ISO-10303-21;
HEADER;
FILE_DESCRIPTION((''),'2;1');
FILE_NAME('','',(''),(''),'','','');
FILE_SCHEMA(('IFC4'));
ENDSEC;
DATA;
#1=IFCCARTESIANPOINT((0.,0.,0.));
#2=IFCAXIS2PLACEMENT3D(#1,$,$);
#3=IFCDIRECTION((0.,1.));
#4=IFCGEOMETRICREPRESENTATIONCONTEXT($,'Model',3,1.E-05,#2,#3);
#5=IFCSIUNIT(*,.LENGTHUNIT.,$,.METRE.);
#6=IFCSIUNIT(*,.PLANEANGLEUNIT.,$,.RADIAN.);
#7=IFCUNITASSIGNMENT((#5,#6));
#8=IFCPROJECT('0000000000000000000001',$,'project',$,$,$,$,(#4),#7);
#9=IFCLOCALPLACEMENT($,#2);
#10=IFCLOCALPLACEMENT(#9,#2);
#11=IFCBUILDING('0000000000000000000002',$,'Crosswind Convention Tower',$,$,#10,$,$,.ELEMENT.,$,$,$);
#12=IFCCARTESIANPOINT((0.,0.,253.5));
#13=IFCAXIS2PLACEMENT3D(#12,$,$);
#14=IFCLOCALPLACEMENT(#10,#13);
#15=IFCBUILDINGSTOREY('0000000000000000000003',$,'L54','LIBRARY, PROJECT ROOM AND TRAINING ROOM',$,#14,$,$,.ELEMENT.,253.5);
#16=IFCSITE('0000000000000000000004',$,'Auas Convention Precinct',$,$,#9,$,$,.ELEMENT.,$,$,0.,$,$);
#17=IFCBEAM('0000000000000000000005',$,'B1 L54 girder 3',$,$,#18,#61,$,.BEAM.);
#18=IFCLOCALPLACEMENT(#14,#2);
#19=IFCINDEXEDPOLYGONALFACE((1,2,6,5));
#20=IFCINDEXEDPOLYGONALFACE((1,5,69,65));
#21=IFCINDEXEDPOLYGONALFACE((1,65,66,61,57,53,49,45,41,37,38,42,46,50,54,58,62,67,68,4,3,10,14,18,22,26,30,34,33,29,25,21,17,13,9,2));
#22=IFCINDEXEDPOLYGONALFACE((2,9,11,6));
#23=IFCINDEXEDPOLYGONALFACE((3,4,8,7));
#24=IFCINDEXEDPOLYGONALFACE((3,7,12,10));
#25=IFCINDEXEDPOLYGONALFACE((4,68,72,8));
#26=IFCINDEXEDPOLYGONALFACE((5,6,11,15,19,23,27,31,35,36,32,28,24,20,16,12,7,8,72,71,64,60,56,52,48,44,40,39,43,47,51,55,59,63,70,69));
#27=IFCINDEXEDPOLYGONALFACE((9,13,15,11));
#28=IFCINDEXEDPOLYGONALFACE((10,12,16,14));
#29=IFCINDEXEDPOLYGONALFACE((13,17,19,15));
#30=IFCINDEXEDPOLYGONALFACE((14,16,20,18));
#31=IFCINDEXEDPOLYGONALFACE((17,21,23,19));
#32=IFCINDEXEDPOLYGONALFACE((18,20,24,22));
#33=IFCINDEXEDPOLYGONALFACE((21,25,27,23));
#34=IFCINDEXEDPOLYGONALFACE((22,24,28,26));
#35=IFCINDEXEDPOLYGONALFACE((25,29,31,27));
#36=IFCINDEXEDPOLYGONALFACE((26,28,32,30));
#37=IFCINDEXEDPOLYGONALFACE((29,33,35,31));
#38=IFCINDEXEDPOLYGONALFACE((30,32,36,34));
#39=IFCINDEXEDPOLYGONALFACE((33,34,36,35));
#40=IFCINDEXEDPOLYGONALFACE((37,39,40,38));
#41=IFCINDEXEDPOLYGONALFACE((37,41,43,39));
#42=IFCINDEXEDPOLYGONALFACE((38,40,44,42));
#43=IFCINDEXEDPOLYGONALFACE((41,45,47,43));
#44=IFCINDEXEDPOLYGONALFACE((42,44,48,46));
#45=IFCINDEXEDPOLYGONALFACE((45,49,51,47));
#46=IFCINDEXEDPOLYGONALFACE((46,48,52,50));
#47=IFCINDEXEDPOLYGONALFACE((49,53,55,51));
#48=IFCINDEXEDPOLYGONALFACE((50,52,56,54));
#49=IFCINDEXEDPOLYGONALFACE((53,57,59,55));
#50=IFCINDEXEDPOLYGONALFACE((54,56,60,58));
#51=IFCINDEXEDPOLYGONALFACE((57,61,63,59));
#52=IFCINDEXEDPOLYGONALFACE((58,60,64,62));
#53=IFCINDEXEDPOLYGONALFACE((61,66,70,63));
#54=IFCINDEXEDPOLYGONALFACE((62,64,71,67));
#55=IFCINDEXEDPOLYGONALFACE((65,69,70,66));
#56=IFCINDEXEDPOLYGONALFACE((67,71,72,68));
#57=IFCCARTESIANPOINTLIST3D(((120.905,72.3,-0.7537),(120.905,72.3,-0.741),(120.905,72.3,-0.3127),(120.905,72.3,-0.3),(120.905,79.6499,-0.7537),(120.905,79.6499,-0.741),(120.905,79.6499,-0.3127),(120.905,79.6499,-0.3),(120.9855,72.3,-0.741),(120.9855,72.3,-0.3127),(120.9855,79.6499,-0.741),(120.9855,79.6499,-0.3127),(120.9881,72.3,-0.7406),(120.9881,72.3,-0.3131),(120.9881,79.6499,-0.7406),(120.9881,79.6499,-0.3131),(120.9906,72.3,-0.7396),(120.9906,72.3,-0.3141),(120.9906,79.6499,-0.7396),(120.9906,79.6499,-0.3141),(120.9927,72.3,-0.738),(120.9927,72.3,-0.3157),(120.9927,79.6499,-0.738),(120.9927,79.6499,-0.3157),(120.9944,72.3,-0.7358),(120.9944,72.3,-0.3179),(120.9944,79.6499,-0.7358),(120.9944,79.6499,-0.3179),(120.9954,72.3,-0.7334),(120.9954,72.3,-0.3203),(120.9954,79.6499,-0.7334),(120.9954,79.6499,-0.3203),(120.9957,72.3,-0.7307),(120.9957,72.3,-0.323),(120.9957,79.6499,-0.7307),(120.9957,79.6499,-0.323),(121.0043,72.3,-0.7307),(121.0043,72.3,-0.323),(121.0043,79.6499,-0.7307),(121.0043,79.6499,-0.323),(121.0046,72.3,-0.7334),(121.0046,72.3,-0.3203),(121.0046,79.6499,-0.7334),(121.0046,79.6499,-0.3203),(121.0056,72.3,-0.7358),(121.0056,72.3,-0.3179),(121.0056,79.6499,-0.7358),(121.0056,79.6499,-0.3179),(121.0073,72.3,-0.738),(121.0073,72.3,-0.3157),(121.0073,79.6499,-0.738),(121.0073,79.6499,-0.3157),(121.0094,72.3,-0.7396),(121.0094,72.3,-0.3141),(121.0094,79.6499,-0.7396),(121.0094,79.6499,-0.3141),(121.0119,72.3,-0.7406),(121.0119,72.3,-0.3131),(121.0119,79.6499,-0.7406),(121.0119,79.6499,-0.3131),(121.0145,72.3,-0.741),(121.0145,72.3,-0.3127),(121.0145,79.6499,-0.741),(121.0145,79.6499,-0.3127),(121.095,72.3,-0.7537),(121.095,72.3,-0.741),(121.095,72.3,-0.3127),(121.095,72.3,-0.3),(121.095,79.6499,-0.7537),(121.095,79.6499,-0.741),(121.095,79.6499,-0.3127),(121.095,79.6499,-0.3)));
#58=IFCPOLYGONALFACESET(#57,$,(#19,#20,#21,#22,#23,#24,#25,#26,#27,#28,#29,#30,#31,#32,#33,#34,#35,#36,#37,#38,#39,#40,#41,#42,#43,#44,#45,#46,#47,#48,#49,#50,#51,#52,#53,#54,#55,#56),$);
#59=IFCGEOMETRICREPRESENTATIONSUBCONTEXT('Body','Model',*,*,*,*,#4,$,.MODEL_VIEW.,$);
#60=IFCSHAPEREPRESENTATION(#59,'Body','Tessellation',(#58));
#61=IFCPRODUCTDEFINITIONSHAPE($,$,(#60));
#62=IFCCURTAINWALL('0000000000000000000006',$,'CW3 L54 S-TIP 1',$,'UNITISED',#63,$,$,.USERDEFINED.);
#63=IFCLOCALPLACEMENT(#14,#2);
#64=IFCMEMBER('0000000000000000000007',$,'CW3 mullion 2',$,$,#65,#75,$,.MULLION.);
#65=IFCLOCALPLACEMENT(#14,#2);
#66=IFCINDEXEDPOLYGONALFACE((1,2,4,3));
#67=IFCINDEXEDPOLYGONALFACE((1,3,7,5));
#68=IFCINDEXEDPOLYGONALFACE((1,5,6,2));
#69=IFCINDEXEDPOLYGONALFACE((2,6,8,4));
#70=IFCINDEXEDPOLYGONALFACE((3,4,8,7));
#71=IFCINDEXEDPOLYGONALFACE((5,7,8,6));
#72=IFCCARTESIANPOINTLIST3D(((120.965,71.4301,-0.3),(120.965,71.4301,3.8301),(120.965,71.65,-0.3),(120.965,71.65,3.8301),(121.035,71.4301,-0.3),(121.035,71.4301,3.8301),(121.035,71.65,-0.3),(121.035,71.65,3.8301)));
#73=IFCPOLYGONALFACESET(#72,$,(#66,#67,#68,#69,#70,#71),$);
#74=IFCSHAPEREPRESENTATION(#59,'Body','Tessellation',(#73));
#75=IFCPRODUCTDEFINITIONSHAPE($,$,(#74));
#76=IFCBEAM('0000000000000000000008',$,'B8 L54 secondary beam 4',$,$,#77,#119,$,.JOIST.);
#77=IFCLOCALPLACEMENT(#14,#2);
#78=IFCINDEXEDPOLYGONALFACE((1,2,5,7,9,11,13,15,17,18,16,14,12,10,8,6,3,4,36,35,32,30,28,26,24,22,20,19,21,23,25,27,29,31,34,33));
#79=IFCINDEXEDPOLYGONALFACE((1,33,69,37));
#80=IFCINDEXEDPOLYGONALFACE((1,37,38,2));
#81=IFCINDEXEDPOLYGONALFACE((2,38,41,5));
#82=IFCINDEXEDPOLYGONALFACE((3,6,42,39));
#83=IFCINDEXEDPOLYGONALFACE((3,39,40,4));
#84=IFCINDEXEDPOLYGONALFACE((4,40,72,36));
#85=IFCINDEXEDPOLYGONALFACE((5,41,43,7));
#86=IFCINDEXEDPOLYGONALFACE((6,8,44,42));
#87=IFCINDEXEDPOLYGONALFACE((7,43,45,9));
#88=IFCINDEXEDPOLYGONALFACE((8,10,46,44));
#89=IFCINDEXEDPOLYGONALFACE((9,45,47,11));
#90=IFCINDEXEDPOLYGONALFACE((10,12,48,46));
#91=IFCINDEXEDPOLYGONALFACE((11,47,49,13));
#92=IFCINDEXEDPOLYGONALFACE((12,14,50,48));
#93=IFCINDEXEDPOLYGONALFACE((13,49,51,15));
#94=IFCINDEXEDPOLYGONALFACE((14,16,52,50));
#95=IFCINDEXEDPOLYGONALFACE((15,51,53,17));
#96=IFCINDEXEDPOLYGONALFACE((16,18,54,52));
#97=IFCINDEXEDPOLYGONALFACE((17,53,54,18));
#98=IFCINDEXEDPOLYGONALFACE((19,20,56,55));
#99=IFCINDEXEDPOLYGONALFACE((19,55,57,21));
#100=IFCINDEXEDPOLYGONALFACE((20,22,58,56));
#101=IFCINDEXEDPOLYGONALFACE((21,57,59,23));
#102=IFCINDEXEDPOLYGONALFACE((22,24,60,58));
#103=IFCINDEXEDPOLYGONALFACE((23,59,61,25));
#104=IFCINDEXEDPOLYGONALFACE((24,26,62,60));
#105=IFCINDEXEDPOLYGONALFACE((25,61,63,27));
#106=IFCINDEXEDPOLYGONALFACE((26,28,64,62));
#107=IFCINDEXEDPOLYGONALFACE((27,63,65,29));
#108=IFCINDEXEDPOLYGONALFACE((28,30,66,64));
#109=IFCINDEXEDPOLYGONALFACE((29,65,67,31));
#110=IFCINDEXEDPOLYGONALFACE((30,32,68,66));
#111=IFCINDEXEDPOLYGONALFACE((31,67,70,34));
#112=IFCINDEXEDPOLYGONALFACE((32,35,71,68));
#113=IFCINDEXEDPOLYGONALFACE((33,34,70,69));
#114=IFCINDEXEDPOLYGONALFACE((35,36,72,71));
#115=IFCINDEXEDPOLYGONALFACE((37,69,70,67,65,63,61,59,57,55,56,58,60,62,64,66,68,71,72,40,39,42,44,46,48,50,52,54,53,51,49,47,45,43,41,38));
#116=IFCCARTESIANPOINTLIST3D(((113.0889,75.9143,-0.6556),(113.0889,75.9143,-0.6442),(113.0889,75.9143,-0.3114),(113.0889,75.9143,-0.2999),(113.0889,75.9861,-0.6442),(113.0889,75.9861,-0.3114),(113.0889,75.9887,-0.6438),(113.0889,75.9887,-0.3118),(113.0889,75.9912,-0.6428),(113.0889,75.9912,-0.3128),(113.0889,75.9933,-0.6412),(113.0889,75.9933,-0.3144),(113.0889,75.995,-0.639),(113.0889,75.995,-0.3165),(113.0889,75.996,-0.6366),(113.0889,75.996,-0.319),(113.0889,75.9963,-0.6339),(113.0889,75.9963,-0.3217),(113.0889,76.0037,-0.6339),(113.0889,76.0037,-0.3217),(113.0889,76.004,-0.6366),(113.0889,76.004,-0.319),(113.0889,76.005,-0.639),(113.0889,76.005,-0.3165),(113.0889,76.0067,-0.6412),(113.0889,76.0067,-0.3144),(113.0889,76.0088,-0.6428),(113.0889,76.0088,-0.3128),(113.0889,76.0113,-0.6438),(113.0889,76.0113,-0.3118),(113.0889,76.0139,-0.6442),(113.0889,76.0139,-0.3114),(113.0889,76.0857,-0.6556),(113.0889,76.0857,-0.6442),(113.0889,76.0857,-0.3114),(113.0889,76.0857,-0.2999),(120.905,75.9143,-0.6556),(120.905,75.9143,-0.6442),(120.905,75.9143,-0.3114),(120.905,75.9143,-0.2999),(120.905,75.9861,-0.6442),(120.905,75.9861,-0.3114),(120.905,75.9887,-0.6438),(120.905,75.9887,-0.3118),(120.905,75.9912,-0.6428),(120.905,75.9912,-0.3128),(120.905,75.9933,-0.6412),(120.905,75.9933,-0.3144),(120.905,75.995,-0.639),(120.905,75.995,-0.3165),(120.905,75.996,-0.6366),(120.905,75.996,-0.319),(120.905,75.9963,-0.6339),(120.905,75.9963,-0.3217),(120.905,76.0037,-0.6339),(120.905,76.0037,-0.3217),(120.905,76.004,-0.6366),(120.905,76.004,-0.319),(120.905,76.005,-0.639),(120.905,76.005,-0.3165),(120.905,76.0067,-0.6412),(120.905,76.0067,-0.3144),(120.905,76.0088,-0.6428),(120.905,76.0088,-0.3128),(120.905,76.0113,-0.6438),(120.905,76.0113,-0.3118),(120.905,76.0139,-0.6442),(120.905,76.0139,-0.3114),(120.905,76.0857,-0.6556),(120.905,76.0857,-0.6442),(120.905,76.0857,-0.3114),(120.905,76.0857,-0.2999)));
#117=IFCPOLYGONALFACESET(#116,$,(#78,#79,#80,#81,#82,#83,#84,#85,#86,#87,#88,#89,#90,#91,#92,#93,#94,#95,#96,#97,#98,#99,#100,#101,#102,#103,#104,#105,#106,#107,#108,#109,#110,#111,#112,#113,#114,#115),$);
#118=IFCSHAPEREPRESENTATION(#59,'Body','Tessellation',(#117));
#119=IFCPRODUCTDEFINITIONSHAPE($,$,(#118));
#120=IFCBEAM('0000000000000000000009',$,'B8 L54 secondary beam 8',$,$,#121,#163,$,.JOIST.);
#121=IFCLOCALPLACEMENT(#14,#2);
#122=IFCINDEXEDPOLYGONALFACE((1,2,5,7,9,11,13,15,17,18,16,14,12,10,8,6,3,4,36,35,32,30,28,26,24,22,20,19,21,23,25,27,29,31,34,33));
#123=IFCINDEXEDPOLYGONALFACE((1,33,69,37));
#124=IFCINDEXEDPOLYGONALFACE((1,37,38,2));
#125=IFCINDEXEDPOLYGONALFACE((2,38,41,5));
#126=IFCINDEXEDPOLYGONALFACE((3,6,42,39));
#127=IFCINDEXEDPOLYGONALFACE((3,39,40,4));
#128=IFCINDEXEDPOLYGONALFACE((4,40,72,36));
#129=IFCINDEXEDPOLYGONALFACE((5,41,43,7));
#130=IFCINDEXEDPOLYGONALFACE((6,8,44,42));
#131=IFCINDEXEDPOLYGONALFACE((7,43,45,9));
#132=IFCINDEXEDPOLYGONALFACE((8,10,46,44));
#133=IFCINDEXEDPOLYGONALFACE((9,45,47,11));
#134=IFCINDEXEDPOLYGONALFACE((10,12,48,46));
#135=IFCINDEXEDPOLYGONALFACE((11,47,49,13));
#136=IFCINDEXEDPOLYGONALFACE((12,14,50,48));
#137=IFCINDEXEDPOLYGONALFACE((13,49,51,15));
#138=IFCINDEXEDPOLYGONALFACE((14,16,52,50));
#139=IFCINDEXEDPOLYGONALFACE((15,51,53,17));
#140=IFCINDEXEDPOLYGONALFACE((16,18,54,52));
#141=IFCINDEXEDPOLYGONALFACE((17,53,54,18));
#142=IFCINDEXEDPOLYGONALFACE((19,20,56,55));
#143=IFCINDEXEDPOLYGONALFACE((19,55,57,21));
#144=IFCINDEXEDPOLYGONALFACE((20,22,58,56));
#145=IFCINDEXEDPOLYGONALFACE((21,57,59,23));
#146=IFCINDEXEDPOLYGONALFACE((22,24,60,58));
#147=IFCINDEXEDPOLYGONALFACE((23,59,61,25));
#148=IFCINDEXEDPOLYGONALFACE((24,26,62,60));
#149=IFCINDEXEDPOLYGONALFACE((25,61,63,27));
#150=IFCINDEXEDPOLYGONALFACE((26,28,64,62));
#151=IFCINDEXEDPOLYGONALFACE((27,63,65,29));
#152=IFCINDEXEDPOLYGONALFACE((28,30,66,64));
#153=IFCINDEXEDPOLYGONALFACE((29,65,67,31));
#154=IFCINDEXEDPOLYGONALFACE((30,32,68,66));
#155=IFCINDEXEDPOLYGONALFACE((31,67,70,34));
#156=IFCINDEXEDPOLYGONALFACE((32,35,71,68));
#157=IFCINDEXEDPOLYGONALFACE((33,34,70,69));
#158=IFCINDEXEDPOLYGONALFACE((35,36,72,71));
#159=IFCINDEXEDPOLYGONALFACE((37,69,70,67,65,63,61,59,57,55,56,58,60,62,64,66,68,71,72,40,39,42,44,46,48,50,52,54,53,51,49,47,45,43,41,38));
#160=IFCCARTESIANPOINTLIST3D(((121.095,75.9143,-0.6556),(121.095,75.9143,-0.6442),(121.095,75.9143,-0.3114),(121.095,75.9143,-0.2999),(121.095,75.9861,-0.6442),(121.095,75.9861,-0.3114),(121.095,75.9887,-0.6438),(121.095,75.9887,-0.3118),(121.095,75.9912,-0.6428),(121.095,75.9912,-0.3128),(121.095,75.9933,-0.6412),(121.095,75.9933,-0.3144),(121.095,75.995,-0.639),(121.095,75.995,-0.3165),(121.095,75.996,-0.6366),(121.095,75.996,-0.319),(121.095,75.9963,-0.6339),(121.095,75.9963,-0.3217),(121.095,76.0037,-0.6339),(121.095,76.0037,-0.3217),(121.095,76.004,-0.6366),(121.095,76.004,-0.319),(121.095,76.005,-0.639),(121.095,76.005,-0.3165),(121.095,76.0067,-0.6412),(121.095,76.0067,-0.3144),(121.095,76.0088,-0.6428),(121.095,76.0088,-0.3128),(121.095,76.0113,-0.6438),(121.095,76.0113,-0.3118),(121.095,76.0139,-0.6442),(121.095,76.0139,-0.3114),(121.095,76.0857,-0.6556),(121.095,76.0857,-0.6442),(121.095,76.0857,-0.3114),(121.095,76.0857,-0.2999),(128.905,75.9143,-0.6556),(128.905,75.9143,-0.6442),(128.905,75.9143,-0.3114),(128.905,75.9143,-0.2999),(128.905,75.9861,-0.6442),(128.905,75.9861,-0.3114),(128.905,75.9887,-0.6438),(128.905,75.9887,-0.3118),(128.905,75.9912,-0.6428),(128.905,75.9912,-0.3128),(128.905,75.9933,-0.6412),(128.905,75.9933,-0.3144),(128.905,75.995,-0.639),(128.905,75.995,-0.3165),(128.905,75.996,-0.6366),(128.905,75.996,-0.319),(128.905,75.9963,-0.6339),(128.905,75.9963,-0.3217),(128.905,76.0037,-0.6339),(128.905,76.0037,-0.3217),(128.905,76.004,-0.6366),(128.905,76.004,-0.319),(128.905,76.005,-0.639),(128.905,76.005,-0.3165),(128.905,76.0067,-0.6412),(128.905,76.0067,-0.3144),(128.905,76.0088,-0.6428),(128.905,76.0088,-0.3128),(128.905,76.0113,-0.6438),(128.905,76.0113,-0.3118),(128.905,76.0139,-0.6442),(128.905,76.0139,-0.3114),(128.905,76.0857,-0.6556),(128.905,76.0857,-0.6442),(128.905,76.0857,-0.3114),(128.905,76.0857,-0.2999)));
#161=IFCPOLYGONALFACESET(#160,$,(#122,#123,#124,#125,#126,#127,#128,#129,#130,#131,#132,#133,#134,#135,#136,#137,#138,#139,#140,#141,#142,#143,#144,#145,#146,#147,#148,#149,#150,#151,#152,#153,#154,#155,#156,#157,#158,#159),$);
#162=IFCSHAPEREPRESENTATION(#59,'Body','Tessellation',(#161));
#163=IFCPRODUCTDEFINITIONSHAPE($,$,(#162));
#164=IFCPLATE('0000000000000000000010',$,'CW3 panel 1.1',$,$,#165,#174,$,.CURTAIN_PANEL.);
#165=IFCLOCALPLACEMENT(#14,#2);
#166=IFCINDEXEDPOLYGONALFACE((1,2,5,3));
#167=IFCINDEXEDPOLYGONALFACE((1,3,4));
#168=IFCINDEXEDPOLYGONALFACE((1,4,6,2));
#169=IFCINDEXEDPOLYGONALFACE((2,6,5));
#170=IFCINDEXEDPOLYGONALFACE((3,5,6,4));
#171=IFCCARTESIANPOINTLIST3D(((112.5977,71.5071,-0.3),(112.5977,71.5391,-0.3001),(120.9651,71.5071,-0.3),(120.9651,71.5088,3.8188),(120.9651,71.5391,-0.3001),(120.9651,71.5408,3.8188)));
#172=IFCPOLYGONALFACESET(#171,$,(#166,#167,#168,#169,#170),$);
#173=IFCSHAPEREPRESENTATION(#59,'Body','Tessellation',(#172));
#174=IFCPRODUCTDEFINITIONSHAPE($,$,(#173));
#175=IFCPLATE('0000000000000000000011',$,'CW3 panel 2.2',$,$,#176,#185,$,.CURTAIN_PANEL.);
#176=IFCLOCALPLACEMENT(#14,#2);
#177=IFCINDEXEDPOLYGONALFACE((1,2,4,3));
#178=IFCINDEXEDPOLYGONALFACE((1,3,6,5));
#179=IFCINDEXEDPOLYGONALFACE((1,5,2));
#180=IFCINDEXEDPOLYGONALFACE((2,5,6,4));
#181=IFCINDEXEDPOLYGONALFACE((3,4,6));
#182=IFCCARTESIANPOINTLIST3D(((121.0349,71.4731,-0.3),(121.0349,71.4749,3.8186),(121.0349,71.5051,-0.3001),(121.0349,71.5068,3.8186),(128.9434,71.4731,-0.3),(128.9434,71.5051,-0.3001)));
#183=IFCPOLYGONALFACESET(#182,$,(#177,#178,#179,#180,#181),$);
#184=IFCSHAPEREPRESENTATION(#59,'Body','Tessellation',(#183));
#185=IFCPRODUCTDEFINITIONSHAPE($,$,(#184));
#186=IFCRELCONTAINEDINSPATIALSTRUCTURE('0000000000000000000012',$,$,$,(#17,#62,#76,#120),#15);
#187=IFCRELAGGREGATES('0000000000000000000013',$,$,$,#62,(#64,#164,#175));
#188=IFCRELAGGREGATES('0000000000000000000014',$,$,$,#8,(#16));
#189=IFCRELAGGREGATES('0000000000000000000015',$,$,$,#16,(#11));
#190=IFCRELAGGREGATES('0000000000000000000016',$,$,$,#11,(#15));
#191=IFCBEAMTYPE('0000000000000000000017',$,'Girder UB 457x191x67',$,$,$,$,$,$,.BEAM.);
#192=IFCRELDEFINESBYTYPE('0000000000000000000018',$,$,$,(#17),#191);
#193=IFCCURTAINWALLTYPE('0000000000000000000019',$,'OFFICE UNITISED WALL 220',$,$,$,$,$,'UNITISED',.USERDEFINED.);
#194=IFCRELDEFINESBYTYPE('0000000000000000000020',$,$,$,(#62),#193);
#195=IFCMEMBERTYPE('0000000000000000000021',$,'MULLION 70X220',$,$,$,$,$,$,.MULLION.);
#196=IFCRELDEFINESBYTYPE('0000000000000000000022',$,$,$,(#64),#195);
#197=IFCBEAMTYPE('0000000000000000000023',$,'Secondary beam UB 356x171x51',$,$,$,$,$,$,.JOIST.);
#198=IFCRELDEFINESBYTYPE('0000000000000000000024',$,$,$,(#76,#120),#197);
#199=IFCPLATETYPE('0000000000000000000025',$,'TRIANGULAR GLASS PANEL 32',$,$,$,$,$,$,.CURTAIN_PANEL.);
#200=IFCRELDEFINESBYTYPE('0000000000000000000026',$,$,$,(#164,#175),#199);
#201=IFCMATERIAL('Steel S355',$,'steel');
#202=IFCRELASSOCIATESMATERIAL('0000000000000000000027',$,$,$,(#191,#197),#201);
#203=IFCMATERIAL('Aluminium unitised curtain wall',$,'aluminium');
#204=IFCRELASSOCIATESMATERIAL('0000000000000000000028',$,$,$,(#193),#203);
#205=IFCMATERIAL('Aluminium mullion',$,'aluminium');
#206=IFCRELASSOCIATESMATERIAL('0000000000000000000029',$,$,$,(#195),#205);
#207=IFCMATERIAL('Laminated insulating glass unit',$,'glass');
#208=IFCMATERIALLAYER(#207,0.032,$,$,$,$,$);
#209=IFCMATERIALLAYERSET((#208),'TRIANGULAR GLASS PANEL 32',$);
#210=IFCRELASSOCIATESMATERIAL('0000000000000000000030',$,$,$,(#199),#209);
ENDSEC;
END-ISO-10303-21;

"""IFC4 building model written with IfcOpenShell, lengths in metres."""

from ifc_helpers import new_model, si_unit, direction, frame, origin, origin_2d, place, context, subcontext, project, spatial, polyline, rectangle, i_section, outline, extrude, material, layer, layer_set, material_profile, profile_set, type_object, element, aggregate, save


model = new_model("IFC4")

# Units and contexts
model_context = context("Model", 3, precision=1e-05, world=origin(), true_north=direction((0.0, 1.0)))
body_context = subcontext(model_context, "Body", "Model", "MODEL_VIEW")
ifc_project = project(units=[si_unit("LENGTHUNIT", "METRE"), si_unit("PLANEANGLEUNIT", "RADIAN")], contexts=[model_context])

# Site, building, storey
site_placement = place(None, origin())
site = spatial("IfcSite", under=ifc_project, at=site_placement, Name="Auas Convention Precinct", CompositionType="ELEMENT", RefElevation=0.0)
building_placement = place(site_placement, origin())
building = spatial("IfcBuilding", under=site, at=building_placement, Name="Crosswind Convention Tower", CompositionType="ELEMENT")
storey_placement = place(building_placement, frame((0.0, 0.0, 253.5)))
storey = spatial("IfcBuildingStorey", under=building, at=storey_placement, Name="L54", Description="LIBRARY, PROJECT ROOM AND TRAINING ROOM", CompositionType="ELEMENT", Elevation=253.5)

# Beam
ifc_material_1 = material(Name="Steel S355", Category="steel")
ifc_material_profile_1 = material_profile(ifc_material_1, i_section(OverallWidth=0.1899, OverallDepth=0.4536, WebThickness=0.0085, FlangeThickness=0.0127, FilletRadius=0.0103, at=origin_2d()), Name="UB 457x191x67")
ifc_profile_set_1 = profile_set([ifc_material_profile_1], Name="Steel S355")
beam_type_1 = type_object("IfcBeamType", Name="Girder UB 457x191x67", PredefinedType="BEAM", material=ifc_profile_set_1)
for number, where, z_axis, x_axis, name in (
    (1, (121.0, 72.3, -0.5269), (0.0, 1.0, 0.0), (-1.0, 0.0, 0.0), "B1 L54 girder 3"),
):
    element("IfcBeam", number, at=place(storey_placement, frame(where, z_axis=z_axis, x_axis=x_axis)), inside=storey, type_object=beam_type_1, Name=name, PredefinedType="BEAM", context=body_context, shape_type="SweptSolid", body=[
        extrude(i_section(OverallWidth=0.1899, OverallDepth=0.4536, WebThickness=0.0085, FlangeThickness=0.0127, FilletRadius=0.0103, at=origin_2d()), origin(), (0.0, 0.0, 1.0), 7.3499),
    ])

# Curtain wall, member
ifc_material_2 = material(Name="Aluminium unitised curtain wall", Category="aluminium")
curtain_wall_type = type_object("IfcCurtainWallType", Name="OFFICE UNITISED WALL 220", ElementType="UNITISED", PredefinedType="USERDEFINED", material=ifc_material_2)
curtain_wall_placement = place(storey_placement, origin())
curtain_wall = element("IfcCurtainWall", 2, at=curtain_wall_placement, inside=storey, type_object=curtain_wall_type, Name="CW3 L54 S-TIP 1", ObjectType="UNITISED", PredefinedType="USERDEFINED")
ifc_material_3 = material(Name="Aluminium mullion", Category="aluminium")
ifc_material_profile_2 = material_profile(ifc_material_3, rectangle(XDim=0.22, YDim=0.0701, at=origin_2d()), Name="AL 220X70")
ifc_profile_set_2 = profile_set([ifc_material_profile_2], Name="Aluminium mullion")
member_type = type_object("IfcMemberType", Name="MULLION 70X220", PredefinedType="MULLION", material=ifc_profile_set_2)
member_placement = place(storey_placement, frame((121.0, 71.54, -0.3), z_axis=(0.0, 0.0, 1.0), x_axis=(0.0, -1.0, 0.0)))
member = element("IfcMember", 3, at=member_placement, type_object=member_type, Name="CW3 mullion 2", PredefinedType="MULLION", context=body_context, shape_type="SweptSolid", body=[
    extrude(rectangle(XDim=0.22, YDim=0.0701, at=origin_2d()), origin(), (0.0, 0.0, 1.0), 4.1301),
])

# Beams
ifc_material_profile_3 = material_profile(ifc_material_1, i_section(OverallWidth=0.1714, OverallDepth=0.3557, WebThickness=0.0073, FlangeThickness=0.0115, FilletRadius=0.0103, at=origin_2d()), Name="UB 356x171x51")
ifc_profile_set_3 = profile_set([ifc_material_profile_3], Name="Steel S355")
beam_type_2 = type_object("IfcBeamType", Name="Secondary beam UB 356x171x51", PredefinedType="JOIST", material=ifc_profile_set_3)
beam_1_placement = place(storey_placement, frame((113.0889, 76.0, -0.4778), z_axis=(1.0, 0.0, 0.0), x_axis=(0.0, 1.0, 0.0)))
element("IfcBeam", 4, at=beam_1_placement, inside=storey, type_object=beam_type_2, Name="B8 L54 secondary beam 4", PredefinedType="JOIST", context=body_context, shape_type="SweptSolid", body=[
    extrude(i_section(OverallWidth=0.1714, OverallDepth=0.3557, WebThickness=0.0073, FlangeThickness=0.0115, FilletRadius=0.0103, at=origin_2d()), origin(), (0.0, 0.0, 1.0), 7.8162),
])
beam_2_placement = place(storey_placement, frame((121.095, 76.0, -0.4778), z_axis=(1.0, 0.0, 0.0), x_axis=(0.0, 1.0, 0.0)))
element("IfcBeam", 5, at=beam_2_placement, inside=storey, type_object=beam_type_2, Name="B8 L54 secondary beam 8", PredefinedType="JOIST", context=body_context, shape_type="SweptSolid", body=[
    extrude(i_section(OverallWidth=0.1714, OverallDepth=0.3557, WebThickness=0.0073, FlangeThickness=0.0115, FilletRadius=0.0103, at=origin_2d()), origin(), (0.0, 0.0, 1.0), 7.8101),
])

# Plates
ifc_material_4 = material(Name="Laminated insulating glass unit", Category="glass")
ifc_layer_1 = layer(ifc_material_4, 0.032)
ifc_layer_set_1 = layer_set([ifc_layer_1], Name="TRIANGULAR GLASS PANEL 32")
plate_type = type_object("IfcPlateType", Name="TRIANGULAR GLASS PANEL 32", PredefinedType="CURTAIN_PANEL", material=ifc_layer_set_1)
plate_1_placement = place(storey_placement, frame((120.9651, 71.5071, -0.3), z_axis=(0.0, -1.0, 0.000415), x_axis=(0.0, 0.000415, 1.0)))
plate_1 = element("IfcPlate", 6, at=plate_1_placement, type_object=plate_type, Name="CW3 panel 1.1", PredefinedType="CURTAIN_PANEL", context=body_context, shape_type="SweptSolid", body=[
    extrude(outline(polyline([(0.0, 0.0), (4.1189, 0.0), (0.0, 8.3674), (0.0, 0.0)])), origin(), (0.0, 0.0, -1.0), 0.032),
])
plate_2_placement = place(storey_placement, frame((121.0349, 71.4731, -0.3), z_axis=(0.0, -1.0, 0.000415), x_axis=(1.0, 0.0, 0.0)))
plate_2 = element("IfcPlate", 7, at=plate_2_placement, type_object=plate_type, Name="CW3 panel 2.2", PredefinedType="CURTAIN_PANEL", context=body_context, shape_type="SweptSolid", body=[
    extrude(outline(polyline([(0.0, 0.0), (7.9084, 0.0), (0.0, 4.1187), (0.0, 0.0)])), origin(), (0.0, 0.0, -1.0), 0.032),
])
aggregate(curtain_wall, [member, plate_1, plate_2])

save(model, "model.ifc")
